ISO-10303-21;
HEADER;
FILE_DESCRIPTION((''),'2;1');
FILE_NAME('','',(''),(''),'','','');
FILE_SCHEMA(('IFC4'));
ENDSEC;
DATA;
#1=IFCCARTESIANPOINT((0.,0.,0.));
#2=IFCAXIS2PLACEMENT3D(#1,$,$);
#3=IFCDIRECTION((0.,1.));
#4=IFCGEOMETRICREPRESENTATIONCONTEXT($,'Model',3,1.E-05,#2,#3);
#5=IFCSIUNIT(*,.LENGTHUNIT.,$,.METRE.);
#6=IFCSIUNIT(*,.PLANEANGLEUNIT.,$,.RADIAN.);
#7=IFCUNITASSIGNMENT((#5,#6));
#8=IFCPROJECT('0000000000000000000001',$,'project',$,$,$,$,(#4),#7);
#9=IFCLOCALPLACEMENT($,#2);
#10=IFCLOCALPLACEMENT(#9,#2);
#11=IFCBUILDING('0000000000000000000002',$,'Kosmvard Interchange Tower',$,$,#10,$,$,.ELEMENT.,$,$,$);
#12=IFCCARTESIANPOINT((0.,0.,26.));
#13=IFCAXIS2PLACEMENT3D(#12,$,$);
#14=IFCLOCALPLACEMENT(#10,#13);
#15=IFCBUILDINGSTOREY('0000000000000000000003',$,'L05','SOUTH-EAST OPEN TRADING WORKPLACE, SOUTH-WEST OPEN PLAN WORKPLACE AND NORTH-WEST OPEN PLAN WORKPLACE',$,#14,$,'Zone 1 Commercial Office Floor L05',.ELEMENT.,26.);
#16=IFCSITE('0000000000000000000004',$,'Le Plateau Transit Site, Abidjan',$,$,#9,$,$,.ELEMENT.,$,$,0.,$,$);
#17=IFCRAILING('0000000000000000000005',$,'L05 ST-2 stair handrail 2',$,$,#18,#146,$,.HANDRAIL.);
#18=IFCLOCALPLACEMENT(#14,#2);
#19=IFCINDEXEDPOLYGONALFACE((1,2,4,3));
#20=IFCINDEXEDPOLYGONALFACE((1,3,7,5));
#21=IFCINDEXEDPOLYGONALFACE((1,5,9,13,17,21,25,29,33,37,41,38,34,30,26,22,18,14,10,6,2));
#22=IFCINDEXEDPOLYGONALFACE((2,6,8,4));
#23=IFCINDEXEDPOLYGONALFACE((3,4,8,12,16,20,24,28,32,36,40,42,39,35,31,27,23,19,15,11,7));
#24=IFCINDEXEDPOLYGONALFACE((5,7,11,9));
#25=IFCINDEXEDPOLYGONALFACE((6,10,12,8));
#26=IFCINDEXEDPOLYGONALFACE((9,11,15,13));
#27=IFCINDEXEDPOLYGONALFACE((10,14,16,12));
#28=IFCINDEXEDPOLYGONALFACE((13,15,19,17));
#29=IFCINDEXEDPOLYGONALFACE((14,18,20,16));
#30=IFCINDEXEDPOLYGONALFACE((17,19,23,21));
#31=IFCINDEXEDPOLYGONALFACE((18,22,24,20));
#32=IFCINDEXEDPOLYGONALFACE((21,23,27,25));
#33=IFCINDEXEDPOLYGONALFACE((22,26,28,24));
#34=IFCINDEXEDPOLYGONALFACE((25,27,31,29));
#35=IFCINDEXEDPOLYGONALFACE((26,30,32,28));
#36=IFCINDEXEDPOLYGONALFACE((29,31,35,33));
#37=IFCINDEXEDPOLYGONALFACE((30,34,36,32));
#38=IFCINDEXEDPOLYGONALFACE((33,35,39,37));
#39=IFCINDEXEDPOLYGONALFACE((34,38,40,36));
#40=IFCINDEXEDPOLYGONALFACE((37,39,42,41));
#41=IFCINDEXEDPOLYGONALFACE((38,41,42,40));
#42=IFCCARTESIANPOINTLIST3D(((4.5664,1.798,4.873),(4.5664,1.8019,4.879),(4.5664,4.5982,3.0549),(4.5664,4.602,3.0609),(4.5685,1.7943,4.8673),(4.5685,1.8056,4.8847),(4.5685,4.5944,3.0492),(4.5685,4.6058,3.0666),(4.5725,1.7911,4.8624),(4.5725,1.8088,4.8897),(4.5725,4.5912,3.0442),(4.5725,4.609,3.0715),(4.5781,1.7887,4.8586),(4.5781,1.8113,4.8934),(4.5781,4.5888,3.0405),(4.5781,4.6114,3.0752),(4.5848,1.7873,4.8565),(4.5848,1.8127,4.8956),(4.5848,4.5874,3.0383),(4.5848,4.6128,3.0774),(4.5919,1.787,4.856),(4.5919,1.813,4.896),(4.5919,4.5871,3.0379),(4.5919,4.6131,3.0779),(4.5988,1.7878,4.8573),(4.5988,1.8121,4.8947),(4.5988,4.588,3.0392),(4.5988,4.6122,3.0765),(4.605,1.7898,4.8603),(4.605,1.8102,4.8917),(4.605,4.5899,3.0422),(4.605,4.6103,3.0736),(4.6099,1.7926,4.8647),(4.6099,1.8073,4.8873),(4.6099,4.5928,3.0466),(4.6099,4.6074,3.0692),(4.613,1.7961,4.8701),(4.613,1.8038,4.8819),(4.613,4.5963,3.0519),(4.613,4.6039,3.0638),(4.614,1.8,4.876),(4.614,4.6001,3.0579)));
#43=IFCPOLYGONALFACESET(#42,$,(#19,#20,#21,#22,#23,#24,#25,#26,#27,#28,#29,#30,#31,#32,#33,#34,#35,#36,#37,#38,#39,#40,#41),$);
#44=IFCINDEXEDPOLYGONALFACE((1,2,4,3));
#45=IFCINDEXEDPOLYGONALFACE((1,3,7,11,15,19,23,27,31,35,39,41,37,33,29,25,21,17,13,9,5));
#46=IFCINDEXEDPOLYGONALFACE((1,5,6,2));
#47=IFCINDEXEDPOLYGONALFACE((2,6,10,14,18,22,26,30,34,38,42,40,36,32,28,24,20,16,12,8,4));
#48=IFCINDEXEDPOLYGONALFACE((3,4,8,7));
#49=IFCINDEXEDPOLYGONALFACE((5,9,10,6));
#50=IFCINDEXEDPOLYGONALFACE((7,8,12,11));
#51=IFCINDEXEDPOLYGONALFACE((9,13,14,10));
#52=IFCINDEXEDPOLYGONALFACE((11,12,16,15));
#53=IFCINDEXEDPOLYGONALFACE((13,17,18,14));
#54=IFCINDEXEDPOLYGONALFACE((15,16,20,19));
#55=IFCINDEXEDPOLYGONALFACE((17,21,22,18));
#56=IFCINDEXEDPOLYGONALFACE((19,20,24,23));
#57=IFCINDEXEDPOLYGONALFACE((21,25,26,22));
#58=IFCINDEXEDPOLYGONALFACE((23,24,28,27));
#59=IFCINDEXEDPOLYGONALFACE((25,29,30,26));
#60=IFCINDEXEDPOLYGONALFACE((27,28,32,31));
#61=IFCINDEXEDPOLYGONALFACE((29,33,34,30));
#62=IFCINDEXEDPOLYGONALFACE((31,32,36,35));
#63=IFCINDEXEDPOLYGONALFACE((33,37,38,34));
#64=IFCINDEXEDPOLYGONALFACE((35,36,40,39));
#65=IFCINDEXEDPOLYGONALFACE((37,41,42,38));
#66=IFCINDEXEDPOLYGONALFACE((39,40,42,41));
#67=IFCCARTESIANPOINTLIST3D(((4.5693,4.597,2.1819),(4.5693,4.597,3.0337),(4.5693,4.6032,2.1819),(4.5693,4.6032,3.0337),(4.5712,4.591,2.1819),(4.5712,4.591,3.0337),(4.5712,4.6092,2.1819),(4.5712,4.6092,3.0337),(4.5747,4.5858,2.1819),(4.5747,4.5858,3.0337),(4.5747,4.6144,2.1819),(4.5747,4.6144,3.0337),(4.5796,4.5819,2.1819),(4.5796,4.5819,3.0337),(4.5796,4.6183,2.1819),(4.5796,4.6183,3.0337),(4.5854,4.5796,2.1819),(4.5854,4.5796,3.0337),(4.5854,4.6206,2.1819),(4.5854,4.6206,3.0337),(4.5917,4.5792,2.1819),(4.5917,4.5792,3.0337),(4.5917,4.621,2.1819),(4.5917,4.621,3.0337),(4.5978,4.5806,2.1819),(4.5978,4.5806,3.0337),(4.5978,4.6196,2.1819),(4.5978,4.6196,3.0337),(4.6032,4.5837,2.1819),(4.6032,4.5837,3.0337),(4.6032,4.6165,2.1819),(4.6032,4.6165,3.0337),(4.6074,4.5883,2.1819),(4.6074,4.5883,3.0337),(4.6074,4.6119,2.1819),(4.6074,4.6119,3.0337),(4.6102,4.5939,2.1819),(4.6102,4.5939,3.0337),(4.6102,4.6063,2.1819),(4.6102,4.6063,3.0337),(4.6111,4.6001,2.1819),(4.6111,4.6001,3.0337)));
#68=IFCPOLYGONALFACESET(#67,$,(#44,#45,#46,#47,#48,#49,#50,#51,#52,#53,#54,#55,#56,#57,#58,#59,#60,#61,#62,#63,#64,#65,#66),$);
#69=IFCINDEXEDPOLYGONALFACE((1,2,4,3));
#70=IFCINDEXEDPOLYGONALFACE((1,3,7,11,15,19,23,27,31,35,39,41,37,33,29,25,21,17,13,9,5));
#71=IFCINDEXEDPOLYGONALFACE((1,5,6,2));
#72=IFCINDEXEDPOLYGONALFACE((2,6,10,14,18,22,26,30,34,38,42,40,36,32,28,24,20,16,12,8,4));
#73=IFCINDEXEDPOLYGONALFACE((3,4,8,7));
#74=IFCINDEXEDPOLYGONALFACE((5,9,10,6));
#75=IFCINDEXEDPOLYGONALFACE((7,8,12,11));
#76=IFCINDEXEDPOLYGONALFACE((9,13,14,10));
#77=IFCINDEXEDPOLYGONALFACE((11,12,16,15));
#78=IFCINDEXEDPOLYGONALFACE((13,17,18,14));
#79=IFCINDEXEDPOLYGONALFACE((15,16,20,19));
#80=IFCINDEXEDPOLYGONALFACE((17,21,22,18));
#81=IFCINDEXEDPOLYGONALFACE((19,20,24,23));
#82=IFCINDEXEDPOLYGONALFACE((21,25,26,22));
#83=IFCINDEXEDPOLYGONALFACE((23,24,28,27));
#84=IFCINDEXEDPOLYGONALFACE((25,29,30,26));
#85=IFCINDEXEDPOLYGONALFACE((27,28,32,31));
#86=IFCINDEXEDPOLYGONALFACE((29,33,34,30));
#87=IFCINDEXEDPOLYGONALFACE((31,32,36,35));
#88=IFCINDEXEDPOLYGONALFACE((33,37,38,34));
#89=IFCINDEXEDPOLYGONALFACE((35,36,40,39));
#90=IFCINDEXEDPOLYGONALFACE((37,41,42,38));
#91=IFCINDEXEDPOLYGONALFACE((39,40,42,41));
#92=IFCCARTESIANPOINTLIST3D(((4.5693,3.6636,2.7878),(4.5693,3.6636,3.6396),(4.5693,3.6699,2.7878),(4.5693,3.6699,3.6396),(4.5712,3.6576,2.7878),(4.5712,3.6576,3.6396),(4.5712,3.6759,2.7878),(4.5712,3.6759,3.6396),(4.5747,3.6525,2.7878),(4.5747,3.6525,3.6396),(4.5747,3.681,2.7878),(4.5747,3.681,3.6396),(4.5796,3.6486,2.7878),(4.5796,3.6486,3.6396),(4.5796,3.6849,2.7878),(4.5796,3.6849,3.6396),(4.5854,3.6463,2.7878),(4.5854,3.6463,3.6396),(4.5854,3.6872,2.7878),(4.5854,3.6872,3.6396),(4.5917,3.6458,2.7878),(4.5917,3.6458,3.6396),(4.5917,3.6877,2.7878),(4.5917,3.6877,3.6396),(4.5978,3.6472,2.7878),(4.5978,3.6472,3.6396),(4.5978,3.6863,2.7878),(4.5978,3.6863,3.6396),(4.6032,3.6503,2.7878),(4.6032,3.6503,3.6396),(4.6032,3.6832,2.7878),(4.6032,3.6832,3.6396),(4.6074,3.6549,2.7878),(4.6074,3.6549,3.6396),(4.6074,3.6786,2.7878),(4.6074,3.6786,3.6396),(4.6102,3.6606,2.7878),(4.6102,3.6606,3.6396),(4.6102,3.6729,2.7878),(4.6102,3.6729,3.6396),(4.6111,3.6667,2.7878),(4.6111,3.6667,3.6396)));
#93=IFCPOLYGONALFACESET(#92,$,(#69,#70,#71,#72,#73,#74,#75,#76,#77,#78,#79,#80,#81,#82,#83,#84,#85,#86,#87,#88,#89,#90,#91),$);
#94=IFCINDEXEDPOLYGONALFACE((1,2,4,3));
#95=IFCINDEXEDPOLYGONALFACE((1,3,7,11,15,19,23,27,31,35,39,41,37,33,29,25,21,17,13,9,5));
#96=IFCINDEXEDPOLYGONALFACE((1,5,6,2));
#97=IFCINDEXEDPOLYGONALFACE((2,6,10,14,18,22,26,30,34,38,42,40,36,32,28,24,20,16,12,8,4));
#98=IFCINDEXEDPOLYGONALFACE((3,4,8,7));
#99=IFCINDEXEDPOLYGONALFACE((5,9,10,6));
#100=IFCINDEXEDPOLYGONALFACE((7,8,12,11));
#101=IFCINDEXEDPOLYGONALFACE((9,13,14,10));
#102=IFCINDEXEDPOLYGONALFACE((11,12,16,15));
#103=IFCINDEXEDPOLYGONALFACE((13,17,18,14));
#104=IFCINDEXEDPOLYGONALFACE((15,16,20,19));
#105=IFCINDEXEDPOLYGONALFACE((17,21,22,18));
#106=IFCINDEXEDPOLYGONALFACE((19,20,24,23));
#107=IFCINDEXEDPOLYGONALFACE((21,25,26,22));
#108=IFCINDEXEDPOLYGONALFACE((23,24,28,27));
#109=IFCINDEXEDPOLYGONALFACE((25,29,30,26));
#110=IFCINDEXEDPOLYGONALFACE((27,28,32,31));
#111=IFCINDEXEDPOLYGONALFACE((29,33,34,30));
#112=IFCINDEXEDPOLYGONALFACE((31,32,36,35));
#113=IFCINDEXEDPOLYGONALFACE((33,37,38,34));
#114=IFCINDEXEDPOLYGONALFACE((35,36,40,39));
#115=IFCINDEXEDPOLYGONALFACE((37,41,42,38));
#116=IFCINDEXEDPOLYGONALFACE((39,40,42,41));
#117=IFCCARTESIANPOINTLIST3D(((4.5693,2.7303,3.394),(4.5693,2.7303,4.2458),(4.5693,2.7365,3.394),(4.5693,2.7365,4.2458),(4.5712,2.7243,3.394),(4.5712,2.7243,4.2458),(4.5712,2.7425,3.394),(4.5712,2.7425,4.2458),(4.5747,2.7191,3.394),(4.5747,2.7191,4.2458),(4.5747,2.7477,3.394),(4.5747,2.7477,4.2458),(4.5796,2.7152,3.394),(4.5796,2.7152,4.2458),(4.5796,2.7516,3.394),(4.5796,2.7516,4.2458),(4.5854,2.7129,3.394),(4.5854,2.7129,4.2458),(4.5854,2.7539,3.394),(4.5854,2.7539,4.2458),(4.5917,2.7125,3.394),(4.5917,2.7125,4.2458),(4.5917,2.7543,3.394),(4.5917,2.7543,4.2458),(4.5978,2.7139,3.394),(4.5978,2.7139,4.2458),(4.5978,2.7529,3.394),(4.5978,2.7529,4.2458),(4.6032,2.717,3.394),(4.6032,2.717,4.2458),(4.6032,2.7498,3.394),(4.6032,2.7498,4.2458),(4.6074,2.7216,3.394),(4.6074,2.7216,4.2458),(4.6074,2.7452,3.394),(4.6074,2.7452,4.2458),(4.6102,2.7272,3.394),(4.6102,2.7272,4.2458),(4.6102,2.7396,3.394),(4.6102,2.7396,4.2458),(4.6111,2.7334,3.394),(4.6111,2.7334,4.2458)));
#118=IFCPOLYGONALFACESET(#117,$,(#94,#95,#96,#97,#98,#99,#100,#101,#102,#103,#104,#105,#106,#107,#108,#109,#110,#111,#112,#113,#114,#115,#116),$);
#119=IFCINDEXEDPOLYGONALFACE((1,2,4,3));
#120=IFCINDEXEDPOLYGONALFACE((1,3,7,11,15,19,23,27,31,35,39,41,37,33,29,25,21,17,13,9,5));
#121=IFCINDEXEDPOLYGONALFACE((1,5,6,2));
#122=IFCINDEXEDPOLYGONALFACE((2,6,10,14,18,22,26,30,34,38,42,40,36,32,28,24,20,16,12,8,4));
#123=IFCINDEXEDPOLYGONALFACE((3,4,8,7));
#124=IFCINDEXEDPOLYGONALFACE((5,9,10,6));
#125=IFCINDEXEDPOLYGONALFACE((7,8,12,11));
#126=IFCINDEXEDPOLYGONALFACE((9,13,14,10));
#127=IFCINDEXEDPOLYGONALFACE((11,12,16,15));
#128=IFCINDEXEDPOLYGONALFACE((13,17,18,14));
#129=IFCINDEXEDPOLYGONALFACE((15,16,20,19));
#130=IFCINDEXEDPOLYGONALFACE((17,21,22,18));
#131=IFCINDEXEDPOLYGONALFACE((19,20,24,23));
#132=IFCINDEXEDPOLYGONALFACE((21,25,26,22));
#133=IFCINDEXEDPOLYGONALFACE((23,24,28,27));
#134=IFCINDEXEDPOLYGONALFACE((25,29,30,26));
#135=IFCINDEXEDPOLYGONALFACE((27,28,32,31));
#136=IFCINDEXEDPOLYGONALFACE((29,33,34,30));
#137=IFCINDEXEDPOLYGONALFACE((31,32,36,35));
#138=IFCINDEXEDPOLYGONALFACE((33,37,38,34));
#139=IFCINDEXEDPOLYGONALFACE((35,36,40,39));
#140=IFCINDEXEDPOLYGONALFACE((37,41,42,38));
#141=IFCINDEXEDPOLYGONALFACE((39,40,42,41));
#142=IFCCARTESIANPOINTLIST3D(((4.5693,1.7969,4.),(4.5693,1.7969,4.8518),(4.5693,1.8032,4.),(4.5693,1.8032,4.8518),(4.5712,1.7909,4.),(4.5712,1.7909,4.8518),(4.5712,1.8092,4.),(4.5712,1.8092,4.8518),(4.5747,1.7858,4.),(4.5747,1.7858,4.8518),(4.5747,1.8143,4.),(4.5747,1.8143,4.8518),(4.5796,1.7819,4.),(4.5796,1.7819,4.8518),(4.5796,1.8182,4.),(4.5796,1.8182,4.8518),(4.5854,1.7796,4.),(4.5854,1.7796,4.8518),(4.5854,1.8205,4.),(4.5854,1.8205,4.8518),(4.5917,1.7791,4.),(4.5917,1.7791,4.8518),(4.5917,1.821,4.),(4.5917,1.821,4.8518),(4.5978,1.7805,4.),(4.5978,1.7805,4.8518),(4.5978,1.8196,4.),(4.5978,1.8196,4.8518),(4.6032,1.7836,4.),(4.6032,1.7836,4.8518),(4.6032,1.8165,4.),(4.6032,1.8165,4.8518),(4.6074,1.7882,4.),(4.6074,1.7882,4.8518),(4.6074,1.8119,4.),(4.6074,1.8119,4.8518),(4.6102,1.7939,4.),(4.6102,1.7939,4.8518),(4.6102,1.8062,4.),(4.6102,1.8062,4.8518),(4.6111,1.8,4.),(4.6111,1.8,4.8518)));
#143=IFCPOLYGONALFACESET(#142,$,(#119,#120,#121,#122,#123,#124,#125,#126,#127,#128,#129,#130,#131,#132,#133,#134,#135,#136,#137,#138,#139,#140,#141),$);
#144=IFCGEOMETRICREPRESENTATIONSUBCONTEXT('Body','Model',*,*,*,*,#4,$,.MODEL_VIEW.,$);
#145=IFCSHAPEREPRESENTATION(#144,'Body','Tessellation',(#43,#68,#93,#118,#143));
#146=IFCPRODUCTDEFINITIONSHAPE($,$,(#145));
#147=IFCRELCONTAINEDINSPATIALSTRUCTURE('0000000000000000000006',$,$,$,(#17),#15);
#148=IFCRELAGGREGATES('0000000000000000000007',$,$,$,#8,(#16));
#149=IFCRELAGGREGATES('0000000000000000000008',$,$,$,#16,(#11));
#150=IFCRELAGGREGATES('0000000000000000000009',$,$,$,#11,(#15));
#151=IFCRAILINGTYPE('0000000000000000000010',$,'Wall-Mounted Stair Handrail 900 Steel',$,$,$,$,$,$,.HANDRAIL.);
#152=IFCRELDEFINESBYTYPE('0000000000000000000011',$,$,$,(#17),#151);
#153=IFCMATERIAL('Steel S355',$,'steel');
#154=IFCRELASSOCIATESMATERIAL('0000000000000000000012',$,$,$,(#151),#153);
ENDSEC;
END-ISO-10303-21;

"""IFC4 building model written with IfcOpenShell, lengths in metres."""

from ifc_helpers import new_model, si_unit, direction, frame, origin, origin_2d, place, context, subcontext, project, spatial, circle, extrude, source, transform, mapped, material, type_object, element, save


model = new_model("IFC4")

# Units and contexts
model_context = context("Model", 3, precision=1e-05, world=origin(), true_north=direction((0.0, 1.0)))
body_context = subcontext(model_context, "Body", "Model", "MODEL_VIEW")
ifc_project = project(units=[si_unit("LENGTHUNIT", "METRE"), si_unit("PLANEANGLEUNIT", "RADIAN")], contexts=[model_context])

# Site, building, storey
site_placement = place(None, origin())
site = spatial("IfcSite", under=ifc_project, at=site_placement, Name="Le Plateau Transit Site, Abidjan", CompositionType="ELEMENT", RefElevation=0.0)
building_placement = place(site_placement, origin())
building = spatial("IfcBuilding", under=site, at=building_placement, Name="Kosmvard Interchange Tower", CompositionType="ELEMENT")
storey_placement = place(building_placement, frame((0.0, 0.0, 26.0)))
storey = spatial("IfcBuildingStorey", under=building, at=storey_placement, Name="L05", Description="SOUTH-EAST OPEN TRADING WORKPLACE, SOUTH-WEST OPEN PLAN WORKPLACE AND NORTH-WEST OPEN PLAN WORKPLACE", LongName="Zone 1 Commercial Office Floor L05", CompositionType="ELEMENT", Elevation=26.0)

# Railing
ifc_material_1 = material(Name="Steel S355", Category="steel")
railing_type_1 = type_object("IfcRailingType", Name="Wall-Mounted Stair Handrail 900 Steel", PredefinedType="HANDRAIL", material=ifc_material_1)
shared_shape_1 = source(origin(), body_context, "Body", "SweptSolid", [
    extrude(circle(Radius=0.0239, at=origin_2d()), frame((0.0, 0.0, 0.876), z_axis=(0.0, -0.838706, 0.544585), x_axis=(1.0, 0.0, 0.0)), (0.0, 0.0, 1.0), 3.3386),
    extrude(circle(Radius=0.021, at=origin_2d()), origin(), (0.0, 0.0, 1.0), 0.8518),
    extrude(circle(Radius=0.021, at=origin_2d()), frame((0.0, -0.9333, 0.606)), (0.0, 0.0, 1.0), 0.8518),
    extrude(circle(Radius=0.021, at=origin_2d()), frame((0.0, -1.8667, 1.2122)), (0.0, 0.0, 1.0), 0.8518),
    extrude(circle(Radius=0.021, at=origin_2d()), frame((0.0, -2.8, 1.8181)), (0.0, 0.0, 1.0), 0.8518),
])
railing_1_placement = place(storey_placement, frame((4.5901, 4.6001, 2.1819)))
element("IfcRailing", 1, at=railing_1_placement, inside=storey, type_object=railing_type_1, Name="L05 ST-2 stair handrail 2", PredefinedType="HANDRAIL", context=body_context, shape_type="MappedRepresentation", body=[
    mapped(shared_shape_1, transform((0.0, 0.0, 0.0), scale=1.0)),
])

save(model, "model.ifc")
